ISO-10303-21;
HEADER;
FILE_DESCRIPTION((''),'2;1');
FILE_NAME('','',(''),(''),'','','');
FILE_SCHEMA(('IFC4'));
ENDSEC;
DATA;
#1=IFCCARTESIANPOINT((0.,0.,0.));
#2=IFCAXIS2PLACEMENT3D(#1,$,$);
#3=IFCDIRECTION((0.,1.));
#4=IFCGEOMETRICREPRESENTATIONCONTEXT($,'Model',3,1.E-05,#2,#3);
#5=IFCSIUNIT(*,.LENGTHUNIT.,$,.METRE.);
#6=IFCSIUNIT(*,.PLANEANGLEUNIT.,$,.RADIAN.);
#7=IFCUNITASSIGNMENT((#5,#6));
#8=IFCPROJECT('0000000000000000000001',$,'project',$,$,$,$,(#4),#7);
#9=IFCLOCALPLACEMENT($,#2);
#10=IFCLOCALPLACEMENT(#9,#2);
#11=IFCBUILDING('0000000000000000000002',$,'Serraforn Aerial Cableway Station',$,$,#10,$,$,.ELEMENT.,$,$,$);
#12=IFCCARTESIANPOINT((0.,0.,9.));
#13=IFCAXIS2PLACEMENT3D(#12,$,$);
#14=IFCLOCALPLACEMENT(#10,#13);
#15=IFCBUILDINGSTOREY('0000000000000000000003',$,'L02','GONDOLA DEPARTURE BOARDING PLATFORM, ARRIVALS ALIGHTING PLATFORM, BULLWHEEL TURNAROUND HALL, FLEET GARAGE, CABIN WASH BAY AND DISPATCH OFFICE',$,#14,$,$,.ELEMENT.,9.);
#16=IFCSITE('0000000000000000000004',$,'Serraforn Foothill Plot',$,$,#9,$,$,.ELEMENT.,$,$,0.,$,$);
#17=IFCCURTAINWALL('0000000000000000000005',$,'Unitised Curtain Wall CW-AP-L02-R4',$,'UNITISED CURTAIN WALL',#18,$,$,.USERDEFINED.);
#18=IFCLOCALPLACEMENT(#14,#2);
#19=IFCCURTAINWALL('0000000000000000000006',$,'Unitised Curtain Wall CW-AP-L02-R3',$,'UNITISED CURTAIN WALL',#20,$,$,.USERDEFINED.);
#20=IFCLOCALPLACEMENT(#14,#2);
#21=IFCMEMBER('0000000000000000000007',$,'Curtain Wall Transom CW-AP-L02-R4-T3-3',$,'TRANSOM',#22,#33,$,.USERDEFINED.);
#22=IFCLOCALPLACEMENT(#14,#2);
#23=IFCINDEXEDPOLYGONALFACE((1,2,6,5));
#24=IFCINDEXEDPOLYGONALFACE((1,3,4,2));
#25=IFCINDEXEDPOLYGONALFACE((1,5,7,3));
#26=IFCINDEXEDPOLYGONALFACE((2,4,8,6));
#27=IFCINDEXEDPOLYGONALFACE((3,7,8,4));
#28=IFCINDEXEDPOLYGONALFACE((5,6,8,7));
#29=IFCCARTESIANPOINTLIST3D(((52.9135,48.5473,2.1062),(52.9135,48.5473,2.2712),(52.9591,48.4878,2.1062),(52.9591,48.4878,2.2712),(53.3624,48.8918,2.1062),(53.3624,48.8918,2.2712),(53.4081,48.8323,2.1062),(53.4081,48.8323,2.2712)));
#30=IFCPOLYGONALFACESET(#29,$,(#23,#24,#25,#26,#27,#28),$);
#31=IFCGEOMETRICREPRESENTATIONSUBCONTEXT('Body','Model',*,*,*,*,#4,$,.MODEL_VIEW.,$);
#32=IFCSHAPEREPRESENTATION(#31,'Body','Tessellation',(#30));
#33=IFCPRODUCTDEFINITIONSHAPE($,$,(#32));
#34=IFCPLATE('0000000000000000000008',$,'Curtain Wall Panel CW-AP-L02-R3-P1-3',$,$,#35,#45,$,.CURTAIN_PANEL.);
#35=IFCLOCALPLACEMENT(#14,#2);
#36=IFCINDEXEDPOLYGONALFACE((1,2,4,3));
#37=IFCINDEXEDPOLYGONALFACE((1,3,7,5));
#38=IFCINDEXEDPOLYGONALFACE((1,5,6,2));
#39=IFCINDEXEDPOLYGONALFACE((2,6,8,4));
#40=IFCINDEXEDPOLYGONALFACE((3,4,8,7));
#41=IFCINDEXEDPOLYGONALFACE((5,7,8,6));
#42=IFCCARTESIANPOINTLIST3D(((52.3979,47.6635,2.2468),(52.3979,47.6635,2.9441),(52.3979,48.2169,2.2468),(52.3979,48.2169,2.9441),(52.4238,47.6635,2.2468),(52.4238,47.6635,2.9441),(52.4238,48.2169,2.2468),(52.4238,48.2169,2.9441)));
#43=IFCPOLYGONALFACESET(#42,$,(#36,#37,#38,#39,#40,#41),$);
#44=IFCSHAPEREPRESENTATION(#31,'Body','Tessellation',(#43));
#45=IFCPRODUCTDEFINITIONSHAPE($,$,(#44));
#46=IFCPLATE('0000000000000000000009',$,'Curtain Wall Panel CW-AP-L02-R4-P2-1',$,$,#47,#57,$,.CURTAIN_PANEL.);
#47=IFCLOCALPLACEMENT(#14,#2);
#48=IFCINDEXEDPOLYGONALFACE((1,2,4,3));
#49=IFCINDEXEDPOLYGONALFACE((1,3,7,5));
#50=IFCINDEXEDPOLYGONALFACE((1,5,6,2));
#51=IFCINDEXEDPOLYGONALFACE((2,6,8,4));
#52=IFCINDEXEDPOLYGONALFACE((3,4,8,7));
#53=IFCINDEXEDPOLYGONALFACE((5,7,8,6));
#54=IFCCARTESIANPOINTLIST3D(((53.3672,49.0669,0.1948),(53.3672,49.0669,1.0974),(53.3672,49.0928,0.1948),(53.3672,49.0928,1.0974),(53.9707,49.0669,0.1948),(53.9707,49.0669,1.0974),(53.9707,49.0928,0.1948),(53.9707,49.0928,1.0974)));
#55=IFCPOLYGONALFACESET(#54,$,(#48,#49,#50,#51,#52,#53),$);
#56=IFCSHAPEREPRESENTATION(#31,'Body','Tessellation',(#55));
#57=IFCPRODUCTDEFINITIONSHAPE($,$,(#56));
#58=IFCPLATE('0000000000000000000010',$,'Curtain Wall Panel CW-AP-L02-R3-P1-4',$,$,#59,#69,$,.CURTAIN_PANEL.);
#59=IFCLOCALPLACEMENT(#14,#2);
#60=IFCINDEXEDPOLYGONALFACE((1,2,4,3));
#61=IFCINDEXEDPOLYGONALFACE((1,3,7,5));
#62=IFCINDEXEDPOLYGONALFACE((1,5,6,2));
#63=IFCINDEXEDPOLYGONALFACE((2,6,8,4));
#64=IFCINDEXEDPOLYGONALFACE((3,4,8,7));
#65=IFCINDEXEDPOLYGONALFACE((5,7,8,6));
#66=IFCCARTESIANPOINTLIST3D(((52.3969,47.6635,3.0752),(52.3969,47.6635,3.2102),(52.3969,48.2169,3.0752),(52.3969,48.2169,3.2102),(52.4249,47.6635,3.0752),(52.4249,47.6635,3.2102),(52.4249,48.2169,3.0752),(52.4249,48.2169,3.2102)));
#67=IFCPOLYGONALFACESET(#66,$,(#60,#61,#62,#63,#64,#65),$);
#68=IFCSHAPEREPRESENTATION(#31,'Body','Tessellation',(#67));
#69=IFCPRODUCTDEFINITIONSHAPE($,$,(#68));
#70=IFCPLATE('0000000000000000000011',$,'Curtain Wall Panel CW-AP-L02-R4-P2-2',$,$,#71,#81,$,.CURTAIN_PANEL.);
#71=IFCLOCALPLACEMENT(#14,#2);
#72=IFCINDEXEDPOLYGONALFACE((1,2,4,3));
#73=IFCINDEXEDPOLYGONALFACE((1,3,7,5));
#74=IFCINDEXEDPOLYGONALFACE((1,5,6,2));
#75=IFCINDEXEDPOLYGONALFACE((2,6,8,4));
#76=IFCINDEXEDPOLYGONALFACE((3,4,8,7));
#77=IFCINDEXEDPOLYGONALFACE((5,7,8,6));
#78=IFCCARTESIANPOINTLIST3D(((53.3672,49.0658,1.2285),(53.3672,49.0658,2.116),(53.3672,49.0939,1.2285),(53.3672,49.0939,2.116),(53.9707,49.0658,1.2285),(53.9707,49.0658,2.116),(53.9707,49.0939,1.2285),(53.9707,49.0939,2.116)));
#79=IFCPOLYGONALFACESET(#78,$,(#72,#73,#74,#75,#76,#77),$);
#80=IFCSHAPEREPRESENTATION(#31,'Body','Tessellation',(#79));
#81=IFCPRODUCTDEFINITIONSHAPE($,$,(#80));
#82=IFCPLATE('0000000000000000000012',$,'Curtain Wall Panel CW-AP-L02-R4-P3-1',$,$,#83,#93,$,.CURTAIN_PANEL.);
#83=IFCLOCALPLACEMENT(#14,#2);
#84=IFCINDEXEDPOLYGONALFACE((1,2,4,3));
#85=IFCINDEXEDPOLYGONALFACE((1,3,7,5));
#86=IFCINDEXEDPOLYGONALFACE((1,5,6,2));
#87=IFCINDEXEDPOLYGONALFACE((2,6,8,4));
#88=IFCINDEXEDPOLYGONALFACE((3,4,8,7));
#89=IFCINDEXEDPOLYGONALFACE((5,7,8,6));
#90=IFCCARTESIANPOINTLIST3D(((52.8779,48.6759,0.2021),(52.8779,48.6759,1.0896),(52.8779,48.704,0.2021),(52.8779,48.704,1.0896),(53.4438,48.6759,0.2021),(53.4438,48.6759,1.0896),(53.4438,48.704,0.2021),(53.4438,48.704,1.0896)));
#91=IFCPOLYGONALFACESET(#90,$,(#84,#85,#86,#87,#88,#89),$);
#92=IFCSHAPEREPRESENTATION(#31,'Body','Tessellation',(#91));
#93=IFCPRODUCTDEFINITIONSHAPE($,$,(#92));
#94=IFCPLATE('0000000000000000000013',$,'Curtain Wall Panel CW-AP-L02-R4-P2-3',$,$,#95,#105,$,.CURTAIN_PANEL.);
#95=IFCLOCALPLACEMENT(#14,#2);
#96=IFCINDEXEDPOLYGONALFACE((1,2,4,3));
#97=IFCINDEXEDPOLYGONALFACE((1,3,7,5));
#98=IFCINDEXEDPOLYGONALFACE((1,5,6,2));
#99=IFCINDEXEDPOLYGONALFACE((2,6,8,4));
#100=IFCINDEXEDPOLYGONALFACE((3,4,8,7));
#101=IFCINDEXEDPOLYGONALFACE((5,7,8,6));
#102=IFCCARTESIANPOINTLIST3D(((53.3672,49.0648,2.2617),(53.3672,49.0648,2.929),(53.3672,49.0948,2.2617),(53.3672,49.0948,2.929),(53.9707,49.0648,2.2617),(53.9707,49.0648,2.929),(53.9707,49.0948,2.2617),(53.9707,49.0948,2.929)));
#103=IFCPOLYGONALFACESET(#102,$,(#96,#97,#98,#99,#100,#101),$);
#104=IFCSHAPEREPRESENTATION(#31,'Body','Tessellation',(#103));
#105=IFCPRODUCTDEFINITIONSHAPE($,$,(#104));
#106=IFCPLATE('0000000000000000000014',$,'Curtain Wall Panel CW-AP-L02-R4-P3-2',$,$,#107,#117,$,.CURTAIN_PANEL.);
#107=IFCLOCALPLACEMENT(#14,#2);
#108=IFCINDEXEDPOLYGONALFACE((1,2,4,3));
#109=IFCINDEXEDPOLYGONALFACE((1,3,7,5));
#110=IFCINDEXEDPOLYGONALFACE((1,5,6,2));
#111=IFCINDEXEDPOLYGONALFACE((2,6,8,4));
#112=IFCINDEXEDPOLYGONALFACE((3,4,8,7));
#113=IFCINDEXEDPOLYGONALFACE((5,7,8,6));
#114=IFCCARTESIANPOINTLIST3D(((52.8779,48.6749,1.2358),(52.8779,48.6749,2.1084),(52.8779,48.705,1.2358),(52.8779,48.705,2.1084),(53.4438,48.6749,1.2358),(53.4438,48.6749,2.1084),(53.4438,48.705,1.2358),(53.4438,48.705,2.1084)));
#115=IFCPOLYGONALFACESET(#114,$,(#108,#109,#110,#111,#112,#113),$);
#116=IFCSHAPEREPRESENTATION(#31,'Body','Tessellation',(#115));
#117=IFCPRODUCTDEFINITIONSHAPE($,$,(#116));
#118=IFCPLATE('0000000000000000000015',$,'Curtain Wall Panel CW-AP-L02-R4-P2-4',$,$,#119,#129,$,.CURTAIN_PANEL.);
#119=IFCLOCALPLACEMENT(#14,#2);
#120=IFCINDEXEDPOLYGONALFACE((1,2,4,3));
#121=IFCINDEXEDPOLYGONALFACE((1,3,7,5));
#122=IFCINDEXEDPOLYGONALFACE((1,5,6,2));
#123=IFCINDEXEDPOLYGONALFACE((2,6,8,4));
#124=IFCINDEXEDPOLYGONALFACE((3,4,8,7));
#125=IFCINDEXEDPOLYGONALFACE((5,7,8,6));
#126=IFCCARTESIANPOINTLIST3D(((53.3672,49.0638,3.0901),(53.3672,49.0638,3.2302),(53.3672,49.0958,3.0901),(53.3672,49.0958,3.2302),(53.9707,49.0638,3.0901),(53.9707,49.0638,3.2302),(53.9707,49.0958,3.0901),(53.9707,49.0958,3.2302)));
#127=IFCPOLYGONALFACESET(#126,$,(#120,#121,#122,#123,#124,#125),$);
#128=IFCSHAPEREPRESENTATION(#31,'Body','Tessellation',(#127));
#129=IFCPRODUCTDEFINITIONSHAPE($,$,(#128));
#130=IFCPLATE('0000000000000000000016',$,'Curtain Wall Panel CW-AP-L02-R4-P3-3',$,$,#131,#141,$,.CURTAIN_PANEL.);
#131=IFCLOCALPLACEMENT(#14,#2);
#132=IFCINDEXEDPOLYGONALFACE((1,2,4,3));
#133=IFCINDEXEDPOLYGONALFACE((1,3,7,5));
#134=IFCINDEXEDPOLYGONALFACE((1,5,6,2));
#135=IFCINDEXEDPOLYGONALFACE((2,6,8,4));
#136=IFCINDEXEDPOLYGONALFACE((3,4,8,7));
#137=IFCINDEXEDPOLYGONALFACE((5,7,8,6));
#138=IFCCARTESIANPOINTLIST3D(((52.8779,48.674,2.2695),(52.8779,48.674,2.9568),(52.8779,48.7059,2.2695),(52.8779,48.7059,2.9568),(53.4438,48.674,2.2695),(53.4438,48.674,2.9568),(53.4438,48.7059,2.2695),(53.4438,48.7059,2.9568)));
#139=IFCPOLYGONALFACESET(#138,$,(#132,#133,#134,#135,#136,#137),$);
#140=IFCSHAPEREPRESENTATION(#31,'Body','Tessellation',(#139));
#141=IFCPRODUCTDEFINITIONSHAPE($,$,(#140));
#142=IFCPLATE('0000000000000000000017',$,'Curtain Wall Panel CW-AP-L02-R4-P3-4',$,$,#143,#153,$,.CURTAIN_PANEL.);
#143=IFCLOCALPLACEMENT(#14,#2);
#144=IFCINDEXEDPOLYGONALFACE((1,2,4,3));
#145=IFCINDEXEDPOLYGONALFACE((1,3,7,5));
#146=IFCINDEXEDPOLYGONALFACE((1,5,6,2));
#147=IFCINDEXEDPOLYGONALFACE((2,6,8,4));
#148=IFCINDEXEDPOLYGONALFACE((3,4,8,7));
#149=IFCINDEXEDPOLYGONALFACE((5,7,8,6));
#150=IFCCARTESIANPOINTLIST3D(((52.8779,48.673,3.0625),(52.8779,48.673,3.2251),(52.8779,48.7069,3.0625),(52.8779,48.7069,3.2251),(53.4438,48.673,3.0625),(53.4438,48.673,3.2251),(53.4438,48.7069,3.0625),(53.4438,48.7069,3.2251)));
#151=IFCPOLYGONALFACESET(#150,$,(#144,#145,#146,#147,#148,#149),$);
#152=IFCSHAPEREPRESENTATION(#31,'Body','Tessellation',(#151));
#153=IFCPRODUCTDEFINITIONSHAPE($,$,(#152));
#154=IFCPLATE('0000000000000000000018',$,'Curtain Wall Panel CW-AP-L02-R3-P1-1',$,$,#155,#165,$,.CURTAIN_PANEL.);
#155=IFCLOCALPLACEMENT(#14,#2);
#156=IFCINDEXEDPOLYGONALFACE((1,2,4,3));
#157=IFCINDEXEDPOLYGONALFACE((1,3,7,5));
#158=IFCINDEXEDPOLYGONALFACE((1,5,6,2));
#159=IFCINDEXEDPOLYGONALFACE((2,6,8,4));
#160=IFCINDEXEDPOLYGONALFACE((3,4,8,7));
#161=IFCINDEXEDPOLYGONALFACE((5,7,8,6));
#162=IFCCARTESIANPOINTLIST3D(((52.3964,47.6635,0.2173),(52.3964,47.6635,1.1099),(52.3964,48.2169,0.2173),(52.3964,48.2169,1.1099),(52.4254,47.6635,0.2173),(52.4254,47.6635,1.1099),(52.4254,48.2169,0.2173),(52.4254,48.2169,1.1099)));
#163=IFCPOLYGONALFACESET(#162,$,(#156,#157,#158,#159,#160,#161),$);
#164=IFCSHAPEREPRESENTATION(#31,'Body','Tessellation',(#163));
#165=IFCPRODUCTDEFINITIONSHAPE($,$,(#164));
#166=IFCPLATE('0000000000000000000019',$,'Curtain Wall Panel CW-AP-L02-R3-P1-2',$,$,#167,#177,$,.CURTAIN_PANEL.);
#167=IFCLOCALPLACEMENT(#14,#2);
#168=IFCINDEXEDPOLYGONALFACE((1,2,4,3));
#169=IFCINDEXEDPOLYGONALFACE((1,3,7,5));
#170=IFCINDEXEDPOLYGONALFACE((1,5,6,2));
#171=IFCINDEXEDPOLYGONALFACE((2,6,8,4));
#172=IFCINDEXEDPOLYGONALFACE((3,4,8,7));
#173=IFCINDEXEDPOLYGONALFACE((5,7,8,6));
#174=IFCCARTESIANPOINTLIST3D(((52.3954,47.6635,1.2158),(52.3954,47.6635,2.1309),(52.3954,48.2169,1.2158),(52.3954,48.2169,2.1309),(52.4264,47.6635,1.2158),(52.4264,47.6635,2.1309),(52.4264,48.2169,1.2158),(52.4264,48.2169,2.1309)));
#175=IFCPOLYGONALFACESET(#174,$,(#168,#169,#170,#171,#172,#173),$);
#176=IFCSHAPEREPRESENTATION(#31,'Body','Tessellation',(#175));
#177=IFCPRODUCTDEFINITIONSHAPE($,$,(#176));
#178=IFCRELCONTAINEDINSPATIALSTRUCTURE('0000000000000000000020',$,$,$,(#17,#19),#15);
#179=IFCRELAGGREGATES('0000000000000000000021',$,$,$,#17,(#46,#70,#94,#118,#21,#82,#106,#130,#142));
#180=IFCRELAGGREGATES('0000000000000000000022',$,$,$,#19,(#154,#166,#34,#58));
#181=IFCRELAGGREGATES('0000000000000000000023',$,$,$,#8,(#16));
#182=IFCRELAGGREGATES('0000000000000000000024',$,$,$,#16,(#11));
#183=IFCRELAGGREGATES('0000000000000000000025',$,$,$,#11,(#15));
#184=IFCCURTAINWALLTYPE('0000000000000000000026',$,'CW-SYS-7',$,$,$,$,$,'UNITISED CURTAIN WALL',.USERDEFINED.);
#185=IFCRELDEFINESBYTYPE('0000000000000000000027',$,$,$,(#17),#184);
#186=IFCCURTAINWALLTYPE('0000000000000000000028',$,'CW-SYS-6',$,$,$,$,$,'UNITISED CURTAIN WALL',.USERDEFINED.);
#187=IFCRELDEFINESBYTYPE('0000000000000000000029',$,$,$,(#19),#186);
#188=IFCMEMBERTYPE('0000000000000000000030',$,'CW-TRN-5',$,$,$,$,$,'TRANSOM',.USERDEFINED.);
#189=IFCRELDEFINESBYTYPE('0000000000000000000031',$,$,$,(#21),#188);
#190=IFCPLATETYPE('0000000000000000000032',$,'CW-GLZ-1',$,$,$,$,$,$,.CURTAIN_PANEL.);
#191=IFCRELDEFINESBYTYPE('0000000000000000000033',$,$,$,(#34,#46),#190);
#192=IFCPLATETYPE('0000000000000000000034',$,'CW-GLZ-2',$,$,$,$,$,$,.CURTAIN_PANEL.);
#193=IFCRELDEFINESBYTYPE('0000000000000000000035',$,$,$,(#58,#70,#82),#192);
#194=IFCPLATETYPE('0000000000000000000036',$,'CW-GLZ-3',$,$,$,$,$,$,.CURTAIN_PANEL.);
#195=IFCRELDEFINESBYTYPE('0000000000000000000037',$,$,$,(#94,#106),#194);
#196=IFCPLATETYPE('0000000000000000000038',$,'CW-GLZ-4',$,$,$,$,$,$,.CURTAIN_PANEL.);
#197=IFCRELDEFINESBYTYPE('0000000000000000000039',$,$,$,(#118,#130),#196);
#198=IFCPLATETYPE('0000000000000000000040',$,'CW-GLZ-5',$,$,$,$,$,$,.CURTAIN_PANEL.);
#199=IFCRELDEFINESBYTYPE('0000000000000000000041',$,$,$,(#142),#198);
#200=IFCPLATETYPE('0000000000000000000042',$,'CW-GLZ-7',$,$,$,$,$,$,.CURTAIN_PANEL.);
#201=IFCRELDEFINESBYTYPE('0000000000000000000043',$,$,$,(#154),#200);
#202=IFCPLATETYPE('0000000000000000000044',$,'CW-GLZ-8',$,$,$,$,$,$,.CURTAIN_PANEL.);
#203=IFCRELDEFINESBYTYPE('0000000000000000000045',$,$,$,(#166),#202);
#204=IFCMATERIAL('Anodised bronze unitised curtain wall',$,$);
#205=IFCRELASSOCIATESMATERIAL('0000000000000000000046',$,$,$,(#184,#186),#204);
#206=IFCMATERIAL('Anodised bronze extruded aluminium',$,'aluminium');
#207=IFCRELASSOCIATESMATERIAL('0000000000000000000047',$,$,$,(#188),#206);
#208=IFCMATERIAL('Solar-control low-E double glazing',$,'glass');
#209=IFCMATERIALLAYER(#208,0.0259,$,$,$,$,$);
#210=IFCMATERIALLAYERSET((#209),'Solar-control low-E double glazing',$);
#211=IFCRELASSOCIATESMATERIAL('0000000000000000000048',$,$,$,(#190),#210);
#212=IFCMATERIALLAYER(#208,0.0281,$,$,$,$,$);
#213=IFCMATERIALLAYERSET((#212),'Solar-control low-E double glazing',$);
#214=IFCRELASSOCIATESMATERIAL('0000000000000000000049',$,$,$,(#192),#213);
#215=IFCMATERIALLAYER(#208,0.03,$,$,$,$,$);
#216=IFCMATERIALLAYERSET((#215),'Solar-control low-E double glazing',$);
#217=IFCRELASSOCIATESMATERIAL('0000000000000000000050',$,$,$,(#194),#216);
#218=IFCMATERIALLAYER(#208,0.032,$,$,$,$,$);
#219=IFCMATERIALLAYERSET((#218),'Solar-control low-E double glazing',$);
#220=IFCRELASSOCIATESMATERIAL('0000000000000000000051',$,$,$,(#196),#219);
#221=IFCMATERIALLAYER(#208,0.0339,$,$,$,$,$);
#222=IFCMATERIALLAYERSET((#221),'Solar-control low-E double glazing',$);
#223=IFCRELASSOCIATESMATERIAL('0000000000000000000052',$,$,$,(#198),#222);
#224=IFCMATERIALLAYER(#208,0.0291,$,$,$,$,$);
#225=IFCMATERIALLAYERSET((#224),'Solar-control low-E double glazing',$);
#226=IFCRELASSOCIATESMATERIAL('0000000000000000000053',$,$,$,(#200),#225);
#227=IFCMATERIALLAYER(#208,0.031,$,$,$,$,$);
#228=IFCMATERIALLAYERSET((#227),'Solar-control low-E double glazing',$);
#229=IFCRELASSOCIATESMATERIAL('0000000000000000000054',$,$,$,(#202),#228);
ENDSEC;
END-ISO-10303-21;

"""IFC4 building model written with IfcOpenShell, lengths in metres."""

from ifc_helpers import new_model, si_unit, direction, frame, origin, origin_2d, place, context, subcontext, project, spatial, rectangle, extrude, material, layer, layer_set, material_profile, profile_set, type_object, element, aggregate, save


model = new_model("IFC4")

# Units and contexts
model_context = context("Model", 3, precision=1e-05, world=origin(), true_north=direction((0.0, 1.0)))
body_context = subcontext(model_context, "Body", "Model", "MODEL_VIEW")
ifc_project = project(units=[si_unit("LENGTHUNIT", "METRE"), si_unit("PLANEANGLEUNIT", "RADIAN")], contexts=[model_context])

# Site, building, storey
site_placement = place(None, origin())
site = spatial("IfcSite", under=ifc_project, at=site_placement, Name="Serraforn Foothill Plot", CompositionType="ELEMENT", RefElevation=0.0)
building_placement = place(site_placement, origin())
building = spatial("IfcBuilding", under=site, at=building_placement, Name="Serraforn Aerial Cableway Station", CompositionType="ELEMENT")
storey_placement = place(building_placement, frame((0.0, 0.0, 9.0)))
storey = spatial("IfcBuildingStorey", under=building, at=storey_placement, Name="L02", Description="GONDOLA DEPARTURE BOARDING PLATFORM, ARRIVALS ALIGHTING PLATFORM, BULLWHEEL TURNAROUND HALL, FLEET GARAGE, CABIN WASH BAY AND DISPATCH OFFICE", CompositionType="ELEMENT", Elevation=9.0)

# Curtain walls
ifc_material_1 = material(Name="Anodised bronze unitised curtain wall")
curtain_wall_type_1 = type_object("IfcCurtainWallType", Name="CW-SYS-7", ElementType="UNITISED CURTAIN WALL", PredefinedType="USERDEFINED", material=ifc_material_1)
curtain_wall_1_placement = place(storey_placement, origin())
curtain_wall_1 = element("IfcCurtainWall", 1, at=curtain_wall_1_placement, inside=storey, type_object=curtain_wall_type_1, Name="Unitised Curtain Wall CW-AP-L02-R4", ObjectType="UNITISED CURTAIN WALL", PredefinedType="USERDEFINED")
ifc_material_2 = material(Name="Anodised bronze extruded aluminium", Category="aluminium")
curtain_wall_type_2 = type_object("IfcCurtainWallType", Name="CW-SYS-6", ElementType="UNITISED CURTAIN WALL", PredefinedType="USERDEFINED", material=ifc_material_1)
curtain_wall_2_placement = place(storey_placement, origin())
curtain_wall_2 = element("IfcCurtainWall", 2, at=curtain_wall_2_placement, inside=storey, type_object=curtain_wall_type_2, Name="Unitised Curtain Wall CW-AP-L02-R3", ObjectType="UNITISED CURTAIN WALL", PredefinedType="USERDEFINED")

# Member
ifc_material_profile_1 = material_profile(ifc_material_2, rectangle(XDim=0.075, YDim=0.165, at=origin_2d()), Name="CW TRANSOM 75x165")
ifc_profile_set_1 = profile_set([ifc_material_profile_1], Name="Anodised bronze extruded aluminium")
member_type_1 = type_object("IfcMemberType", Name="CW-TRN-5", ElementType="TRANSOM", PredefinedType="USERDEFINED", material=ifc_profile_set_1)
member_1_placement = place(storey_placement, frame((53.3853, 48.8621, 2.1887), z_axis=(-0.793377, -0.60873, 0.0), x_axis=(0.60873, -0.793377, 0.0)))
member_1 = element("IfcMember", 3, at=member_1_placement, type_object=member_type_1, Name="Curtain Wall Transom CW-AP-L02-R4-T3-3", ObjectType="TRANSOM", PredefinedType="USERDEFINED", context=body_context, shape_type="SweptSolid", body=[
    extrude(rectangle(XDim=0.075, YDim=0.165, at=origin_2d()), origin(), (0.0, 0.0, 1.0), 0.5659),
])

# Plates
ifc_material_3 = material(Name="Solar-control low-E double glazing", Category="glass")
ifc_layer_1 = layer(ifc_material_3, 0.0259)
ifc_layer_set_1 = layer_set([ifc_layer_1], Name="Solar-control low-E double glazing")
plate_type_1 = type_object("IfcPlateType", Name="CW-GLZ-1", PredefinedType="CURTAIN_PANEL", material=ifc_layer_set_1)
plate_1_placement = place(storey_placement, frame((52.4109, 47.9402, 2.2468), z_axis=(0.0, 0.0, 1.0), x_axis=(1.0, 0.0, 0.0)))
plate_1 = element("IfcPlate", 4, at=plate_1_placement, type_object=plate_type_1, Name="Curtain Wall Panel CW-AP-L02-R3-P1-3", PredefinedType="CURTAIN_PANEL", context=body_context, shape_type="SweptSolid", body=[
    extrude(rectangle(XDim=0.0259, YDim=0.5535, at=origin_2d()), origin(), (0.0, 0.0, 1.0), 0.6973),
])
plate_2_placement = place(storey_placement, frame((53.6689, 49.0798, 0.1948), z_axis=(0.0, 0.0, 1.0), x_axis=(1.0, 0.0, 0.0)))
plate_2 = element("IfcPlate", 5, at=plate_2_placement, type_object=plate_type_1, Name="Curtain Wall Panel CW-AP-L02-R4-P2-1", PredefinedType="CURTAIN_PANEL", context=body_context, shape_type="SweptSolid", body=[
    extrude(rectangle(XDim=0.6035, YDim=0.0259, at=origin_2d()), origin(), (0.0, 0.0, 1.0), 0.9026),
])
ifc_layer_2 = layer(ifc_material_3, 0.0281)
ifc_layer_set_2 = layer_set([ifc_layer_2], Name="Solar-control low-E double glazing")
plate_type_2 = type_object("IfcPlateType", Name="CW-GLZ-2", PredefinedType="CURTAIN_PANEL", material=ifc_layer_set_2)
plate_3_placement = place(storey_placement, frame((52.4109, 47.9402, 3.0752), z_axis=(0.0, 0.0, 1.0), x_axis=(1.0, 0.0, 0.0)))
plate_3 = element("IfcPlate", 6, at=plate_3_placement, type_object=plate_type_2, Name="Curtain Wall Panel CW-AP-L02-R3-P1-4", PredefinedType="CURTAIN_PANEL", context=body_context, shape_type="SweptSolid", body=[
    extrude(rectangle(XDim=0.0281, YDim=0.5535, at=origin_2d()), origin(), (0.0, 0.0, 1.0), 0.135),
])
plate_4_placement = place(storey_placement, frame((53.6689, 49.0798, 1.2285), z_axis=(0.0, 0.0, 1.0), x_axis=(1.0, 0.0, 0.0)))
plate_4 = element("IfcPlate", 7, at=plate_4_placement, type_object=plate_type_2, Name="Curtain Wall Panel CW-AP-L02-R4-P2-2", PredefinedType="CURTAIN_PANEL", context=body_context, shape_type="SweptSolid", body=[
    extrude(rectangle(XDim=0.6035, YDim=0.0281, at=origin_2d()), origin(), (0.0, 0.0, 1.0), 0.8875),
])
plate_5_placement = place(storey_placement, frame((53.1609, 48.6899, 0.2021), z_axis=(0.0, 0.0, 1.0), x_axis=(1.0, 0.0, 0.0)))
plate_5 = element("IfcPlate", 8, at=plate_5_placement, type_object=plate_type_2, Name="Curtain Wall Panel CW-AP-L02-R4-P3-1", PredefinedType="CURTAIN_PANEL", context=body_context, shape_type="SweptSolid", body=[
    extrude(rectangle(XDim=0.5659, YDim=0.0281, at=origin_2d()), origin(), (0.0, 0.0, 1.0), 0.8875),
])
ifc_layer_3 = layer(ifc_material_3, 0.03)
ifc_layer_set_3 = layer_set([ifc_layer_3], Name="Solar-control low-E double glazing")
plate_type_3 = type_object("IfcPlateType", Name="CW-GLZ-3", PredefinedType="CURTAIN_PANEL", material=ifc_layer_set_3)
plate_6_placement = place(storey_placement, frame((53.6689, 49.0798, 2.2617), z_axis=(0.0, 0.0, 1.0), x_axis=(1.0, 0.0, 0.0)))
plate_6 = element("IfcPlate", 9, at=plate_6_placement, type_object=plate_type_3, Name="Curtain Wall Panel CW-AP-L02-R4-P2-3", PredefinedType="CURTAIN_PANEL", context=body_context, shape_type="SweptSolid", body=[
    extrude(rectangle(XDim=0.6035, YDim=0.03, at=origin_2d()), origin(), (0.0, 0.0, 1.0), 0.6672),
])
plate_7_placement = place(storey_placement, frame((53.1609, 48.6899, 1.2358), z_axis=(0.0, 0.0, 1.0), x_axis=(1.0, 0.0, 0.0)))
plate_7 = element("IfcPlate", 10, at=plate_7_placement, type_object=plate_type_3, Name="Curtain Wall Panel CW-AP-L02-R4-P3-2", PredefinedType="CURTAIN_PANEL", context=body_context, shape_type="SweptSolid", body=[
    extrude(rectangle(XDim=0.5659, YDim=0.03, at=origin_2d()), origin(), (0.0, 0.0, 1.0), 0.8726),
])
ifc_layer_4 = layer(ifc_material_3, 0.032)
ifc_layer_set_4 = layer_set([ifc_layer_4], Name="Solar-control low-E double glazing")
plate_type_4 = type_object("IfcPlateType", Name="CW-GLZ-4", PredefinedType="CURTAIN_PANEL", material=ifc_layer_set_4)
plate_8_placement = place(storey_placement, frame((53.6689, 49.0798, 3.0901), z_axis=(0.0, 0.0, 1.0), x_axis=(1.0, 0.0, 0.0)))
plate_8 = element("IfcPlate", 11, at=plate_8_placement, type_object=plate_type_4, Name="Curtain Wall Panel CW-AP-L02-R4-P2-4", PredefinedType="CURTAIN_PANEL", context=body_context, shape_type="SweptSolid", body=[
    extrude(rectangle(XDim=0.6035, YDim=0.032, at=origin_2d()), origin(), (0.0, 0.0, 1.0), 0.1401),
])
plate_9_placement = place(storey_placement, frame((53.1609, 48.6899, 2.2695), z_axis=(0.0, 0.0, 1.0), x_axis=(1.0, 0.0, 0.0)))
plate_9 = element("IfcPlate", 12, at=plate_9_placement, type_object=plate_type_4, Name="Curtain Wall Panel CW-AP-L02-R4-P3-3", PredefinedType="CURTAIN_PANEL", context=body_context, shape_type="SweptSolid", body=[
    extrude(rectangle(XDim=0.5659, YDim=0.032, at=origin_2d()), origin(), (0.0, 0.0, 1.0), 0.6873),
])
ifc_layer_5 = layer(ifc_material_3, 0.0339)
ifc_layer_set_5 = layer_set([ifc_layer_5], Name="Solar-control low-E double glazing")
plate_type_5 = type_object("IfcPlateType", Name="CW-GLZ-5", PredefinedType="CURTAIN_PANEL", material=ifc_layer_set_5)
plate_10_placement = place(storey_placement, frame((53.1609, 48.6899, 3.0625), z_axis=(0.0, 0.0, 1.0), x_axis=(1.0, 0.0, 0.0)))
plate_10 = element("IfcPlate", 13, at=plate_10_placement, type_object=plate_type_5, Name="Curtain Wall Panel CW-AP-L02-R4-P3-4", PredefinedType="CURTAIN_PANEL", context=body_context, shape_type="SweptSolid", body=[
    extrude(rectangle(XDim=0.5659, YDim=0.0339, at=origin_2d()), origin(), (0.0, 0.0, 1.0), 0.1626),
])
aggregate(curtain_wall_1, [plate_2, plate_4, plate_6, plate_8, member_1, plate_5, plate_7, plate_9, plate_10])
ifc_layer_6 = layer(ifc_material_3, 0.0291)
ifc_layer_set_6 = layer_set([ifc_layer_6], Name="Solar-control low-E double glazing")
plate_type_6 = type_object("IfcPlateType", Name="CW-GLZ-7", PredefinedType="CURTAIN_PANEL", material=ifc_layer_set_6)
plate_11_placement = place(storey_placement, frame((52.4109, 47.9402, 0.2173), z_axis=(0.0, 0.0, 1.0), x_axis=(1.0, 0.0, 0.0)))
plate_11 = element("IfcPlate", 14, at=plate_11_placement, type_object=plate_type_6, Name="Curtain Wall Panel CW-AP-L02-R3-P1-1", PredefinedType="CURTAIN_PANEL", context=body_context, shape_type="SweptSolid", body=[
    extrude(rectangle(XDim=0.0291, YDim=0.5535, at=origin_2d()), origin(), (0.0, 0.0, 1.0), 0.8926),
])
ifc_layer_7 = layer(ifc_material_3, 0.031)
ifc_layer_set_7 = layer_set([ifc_layer_7], Name="Solar-control low-E double glazing")
plate_type_7 = type_object("IfcPlateType", Name="CW-GLZ-8", PredefinedType="CURTAIN_PANEL", material=ifc_layer_set_7)
plate_12_placement = place(storey_placement, frame((52.4109, 47.9402, 1.2158), z_axis=(0.0, 0.0, 1.0), x_axis=(1.0, 0.0, 0.0)))
plate_12 = element("IfcPlate", 15, at=plate_12_placement, type_object=plate_type_7, Name="Curtain Wall Panel CW-AP-L02-R3-P1-2", PredefinedType="CURTAIN_PANEL", context=body_context, shape_type="SweptSolid", body=[
    extrude(rectangle(XDim=0.031, YDim=0.5535, at=origin_2d()), origin(), (0.0, 0.0, 1.0), 0.915),
])
aggregate(curtain_wall_2, [plate_11, plate_12, plate_1, plate_3])

save(model, "model.ifc")
